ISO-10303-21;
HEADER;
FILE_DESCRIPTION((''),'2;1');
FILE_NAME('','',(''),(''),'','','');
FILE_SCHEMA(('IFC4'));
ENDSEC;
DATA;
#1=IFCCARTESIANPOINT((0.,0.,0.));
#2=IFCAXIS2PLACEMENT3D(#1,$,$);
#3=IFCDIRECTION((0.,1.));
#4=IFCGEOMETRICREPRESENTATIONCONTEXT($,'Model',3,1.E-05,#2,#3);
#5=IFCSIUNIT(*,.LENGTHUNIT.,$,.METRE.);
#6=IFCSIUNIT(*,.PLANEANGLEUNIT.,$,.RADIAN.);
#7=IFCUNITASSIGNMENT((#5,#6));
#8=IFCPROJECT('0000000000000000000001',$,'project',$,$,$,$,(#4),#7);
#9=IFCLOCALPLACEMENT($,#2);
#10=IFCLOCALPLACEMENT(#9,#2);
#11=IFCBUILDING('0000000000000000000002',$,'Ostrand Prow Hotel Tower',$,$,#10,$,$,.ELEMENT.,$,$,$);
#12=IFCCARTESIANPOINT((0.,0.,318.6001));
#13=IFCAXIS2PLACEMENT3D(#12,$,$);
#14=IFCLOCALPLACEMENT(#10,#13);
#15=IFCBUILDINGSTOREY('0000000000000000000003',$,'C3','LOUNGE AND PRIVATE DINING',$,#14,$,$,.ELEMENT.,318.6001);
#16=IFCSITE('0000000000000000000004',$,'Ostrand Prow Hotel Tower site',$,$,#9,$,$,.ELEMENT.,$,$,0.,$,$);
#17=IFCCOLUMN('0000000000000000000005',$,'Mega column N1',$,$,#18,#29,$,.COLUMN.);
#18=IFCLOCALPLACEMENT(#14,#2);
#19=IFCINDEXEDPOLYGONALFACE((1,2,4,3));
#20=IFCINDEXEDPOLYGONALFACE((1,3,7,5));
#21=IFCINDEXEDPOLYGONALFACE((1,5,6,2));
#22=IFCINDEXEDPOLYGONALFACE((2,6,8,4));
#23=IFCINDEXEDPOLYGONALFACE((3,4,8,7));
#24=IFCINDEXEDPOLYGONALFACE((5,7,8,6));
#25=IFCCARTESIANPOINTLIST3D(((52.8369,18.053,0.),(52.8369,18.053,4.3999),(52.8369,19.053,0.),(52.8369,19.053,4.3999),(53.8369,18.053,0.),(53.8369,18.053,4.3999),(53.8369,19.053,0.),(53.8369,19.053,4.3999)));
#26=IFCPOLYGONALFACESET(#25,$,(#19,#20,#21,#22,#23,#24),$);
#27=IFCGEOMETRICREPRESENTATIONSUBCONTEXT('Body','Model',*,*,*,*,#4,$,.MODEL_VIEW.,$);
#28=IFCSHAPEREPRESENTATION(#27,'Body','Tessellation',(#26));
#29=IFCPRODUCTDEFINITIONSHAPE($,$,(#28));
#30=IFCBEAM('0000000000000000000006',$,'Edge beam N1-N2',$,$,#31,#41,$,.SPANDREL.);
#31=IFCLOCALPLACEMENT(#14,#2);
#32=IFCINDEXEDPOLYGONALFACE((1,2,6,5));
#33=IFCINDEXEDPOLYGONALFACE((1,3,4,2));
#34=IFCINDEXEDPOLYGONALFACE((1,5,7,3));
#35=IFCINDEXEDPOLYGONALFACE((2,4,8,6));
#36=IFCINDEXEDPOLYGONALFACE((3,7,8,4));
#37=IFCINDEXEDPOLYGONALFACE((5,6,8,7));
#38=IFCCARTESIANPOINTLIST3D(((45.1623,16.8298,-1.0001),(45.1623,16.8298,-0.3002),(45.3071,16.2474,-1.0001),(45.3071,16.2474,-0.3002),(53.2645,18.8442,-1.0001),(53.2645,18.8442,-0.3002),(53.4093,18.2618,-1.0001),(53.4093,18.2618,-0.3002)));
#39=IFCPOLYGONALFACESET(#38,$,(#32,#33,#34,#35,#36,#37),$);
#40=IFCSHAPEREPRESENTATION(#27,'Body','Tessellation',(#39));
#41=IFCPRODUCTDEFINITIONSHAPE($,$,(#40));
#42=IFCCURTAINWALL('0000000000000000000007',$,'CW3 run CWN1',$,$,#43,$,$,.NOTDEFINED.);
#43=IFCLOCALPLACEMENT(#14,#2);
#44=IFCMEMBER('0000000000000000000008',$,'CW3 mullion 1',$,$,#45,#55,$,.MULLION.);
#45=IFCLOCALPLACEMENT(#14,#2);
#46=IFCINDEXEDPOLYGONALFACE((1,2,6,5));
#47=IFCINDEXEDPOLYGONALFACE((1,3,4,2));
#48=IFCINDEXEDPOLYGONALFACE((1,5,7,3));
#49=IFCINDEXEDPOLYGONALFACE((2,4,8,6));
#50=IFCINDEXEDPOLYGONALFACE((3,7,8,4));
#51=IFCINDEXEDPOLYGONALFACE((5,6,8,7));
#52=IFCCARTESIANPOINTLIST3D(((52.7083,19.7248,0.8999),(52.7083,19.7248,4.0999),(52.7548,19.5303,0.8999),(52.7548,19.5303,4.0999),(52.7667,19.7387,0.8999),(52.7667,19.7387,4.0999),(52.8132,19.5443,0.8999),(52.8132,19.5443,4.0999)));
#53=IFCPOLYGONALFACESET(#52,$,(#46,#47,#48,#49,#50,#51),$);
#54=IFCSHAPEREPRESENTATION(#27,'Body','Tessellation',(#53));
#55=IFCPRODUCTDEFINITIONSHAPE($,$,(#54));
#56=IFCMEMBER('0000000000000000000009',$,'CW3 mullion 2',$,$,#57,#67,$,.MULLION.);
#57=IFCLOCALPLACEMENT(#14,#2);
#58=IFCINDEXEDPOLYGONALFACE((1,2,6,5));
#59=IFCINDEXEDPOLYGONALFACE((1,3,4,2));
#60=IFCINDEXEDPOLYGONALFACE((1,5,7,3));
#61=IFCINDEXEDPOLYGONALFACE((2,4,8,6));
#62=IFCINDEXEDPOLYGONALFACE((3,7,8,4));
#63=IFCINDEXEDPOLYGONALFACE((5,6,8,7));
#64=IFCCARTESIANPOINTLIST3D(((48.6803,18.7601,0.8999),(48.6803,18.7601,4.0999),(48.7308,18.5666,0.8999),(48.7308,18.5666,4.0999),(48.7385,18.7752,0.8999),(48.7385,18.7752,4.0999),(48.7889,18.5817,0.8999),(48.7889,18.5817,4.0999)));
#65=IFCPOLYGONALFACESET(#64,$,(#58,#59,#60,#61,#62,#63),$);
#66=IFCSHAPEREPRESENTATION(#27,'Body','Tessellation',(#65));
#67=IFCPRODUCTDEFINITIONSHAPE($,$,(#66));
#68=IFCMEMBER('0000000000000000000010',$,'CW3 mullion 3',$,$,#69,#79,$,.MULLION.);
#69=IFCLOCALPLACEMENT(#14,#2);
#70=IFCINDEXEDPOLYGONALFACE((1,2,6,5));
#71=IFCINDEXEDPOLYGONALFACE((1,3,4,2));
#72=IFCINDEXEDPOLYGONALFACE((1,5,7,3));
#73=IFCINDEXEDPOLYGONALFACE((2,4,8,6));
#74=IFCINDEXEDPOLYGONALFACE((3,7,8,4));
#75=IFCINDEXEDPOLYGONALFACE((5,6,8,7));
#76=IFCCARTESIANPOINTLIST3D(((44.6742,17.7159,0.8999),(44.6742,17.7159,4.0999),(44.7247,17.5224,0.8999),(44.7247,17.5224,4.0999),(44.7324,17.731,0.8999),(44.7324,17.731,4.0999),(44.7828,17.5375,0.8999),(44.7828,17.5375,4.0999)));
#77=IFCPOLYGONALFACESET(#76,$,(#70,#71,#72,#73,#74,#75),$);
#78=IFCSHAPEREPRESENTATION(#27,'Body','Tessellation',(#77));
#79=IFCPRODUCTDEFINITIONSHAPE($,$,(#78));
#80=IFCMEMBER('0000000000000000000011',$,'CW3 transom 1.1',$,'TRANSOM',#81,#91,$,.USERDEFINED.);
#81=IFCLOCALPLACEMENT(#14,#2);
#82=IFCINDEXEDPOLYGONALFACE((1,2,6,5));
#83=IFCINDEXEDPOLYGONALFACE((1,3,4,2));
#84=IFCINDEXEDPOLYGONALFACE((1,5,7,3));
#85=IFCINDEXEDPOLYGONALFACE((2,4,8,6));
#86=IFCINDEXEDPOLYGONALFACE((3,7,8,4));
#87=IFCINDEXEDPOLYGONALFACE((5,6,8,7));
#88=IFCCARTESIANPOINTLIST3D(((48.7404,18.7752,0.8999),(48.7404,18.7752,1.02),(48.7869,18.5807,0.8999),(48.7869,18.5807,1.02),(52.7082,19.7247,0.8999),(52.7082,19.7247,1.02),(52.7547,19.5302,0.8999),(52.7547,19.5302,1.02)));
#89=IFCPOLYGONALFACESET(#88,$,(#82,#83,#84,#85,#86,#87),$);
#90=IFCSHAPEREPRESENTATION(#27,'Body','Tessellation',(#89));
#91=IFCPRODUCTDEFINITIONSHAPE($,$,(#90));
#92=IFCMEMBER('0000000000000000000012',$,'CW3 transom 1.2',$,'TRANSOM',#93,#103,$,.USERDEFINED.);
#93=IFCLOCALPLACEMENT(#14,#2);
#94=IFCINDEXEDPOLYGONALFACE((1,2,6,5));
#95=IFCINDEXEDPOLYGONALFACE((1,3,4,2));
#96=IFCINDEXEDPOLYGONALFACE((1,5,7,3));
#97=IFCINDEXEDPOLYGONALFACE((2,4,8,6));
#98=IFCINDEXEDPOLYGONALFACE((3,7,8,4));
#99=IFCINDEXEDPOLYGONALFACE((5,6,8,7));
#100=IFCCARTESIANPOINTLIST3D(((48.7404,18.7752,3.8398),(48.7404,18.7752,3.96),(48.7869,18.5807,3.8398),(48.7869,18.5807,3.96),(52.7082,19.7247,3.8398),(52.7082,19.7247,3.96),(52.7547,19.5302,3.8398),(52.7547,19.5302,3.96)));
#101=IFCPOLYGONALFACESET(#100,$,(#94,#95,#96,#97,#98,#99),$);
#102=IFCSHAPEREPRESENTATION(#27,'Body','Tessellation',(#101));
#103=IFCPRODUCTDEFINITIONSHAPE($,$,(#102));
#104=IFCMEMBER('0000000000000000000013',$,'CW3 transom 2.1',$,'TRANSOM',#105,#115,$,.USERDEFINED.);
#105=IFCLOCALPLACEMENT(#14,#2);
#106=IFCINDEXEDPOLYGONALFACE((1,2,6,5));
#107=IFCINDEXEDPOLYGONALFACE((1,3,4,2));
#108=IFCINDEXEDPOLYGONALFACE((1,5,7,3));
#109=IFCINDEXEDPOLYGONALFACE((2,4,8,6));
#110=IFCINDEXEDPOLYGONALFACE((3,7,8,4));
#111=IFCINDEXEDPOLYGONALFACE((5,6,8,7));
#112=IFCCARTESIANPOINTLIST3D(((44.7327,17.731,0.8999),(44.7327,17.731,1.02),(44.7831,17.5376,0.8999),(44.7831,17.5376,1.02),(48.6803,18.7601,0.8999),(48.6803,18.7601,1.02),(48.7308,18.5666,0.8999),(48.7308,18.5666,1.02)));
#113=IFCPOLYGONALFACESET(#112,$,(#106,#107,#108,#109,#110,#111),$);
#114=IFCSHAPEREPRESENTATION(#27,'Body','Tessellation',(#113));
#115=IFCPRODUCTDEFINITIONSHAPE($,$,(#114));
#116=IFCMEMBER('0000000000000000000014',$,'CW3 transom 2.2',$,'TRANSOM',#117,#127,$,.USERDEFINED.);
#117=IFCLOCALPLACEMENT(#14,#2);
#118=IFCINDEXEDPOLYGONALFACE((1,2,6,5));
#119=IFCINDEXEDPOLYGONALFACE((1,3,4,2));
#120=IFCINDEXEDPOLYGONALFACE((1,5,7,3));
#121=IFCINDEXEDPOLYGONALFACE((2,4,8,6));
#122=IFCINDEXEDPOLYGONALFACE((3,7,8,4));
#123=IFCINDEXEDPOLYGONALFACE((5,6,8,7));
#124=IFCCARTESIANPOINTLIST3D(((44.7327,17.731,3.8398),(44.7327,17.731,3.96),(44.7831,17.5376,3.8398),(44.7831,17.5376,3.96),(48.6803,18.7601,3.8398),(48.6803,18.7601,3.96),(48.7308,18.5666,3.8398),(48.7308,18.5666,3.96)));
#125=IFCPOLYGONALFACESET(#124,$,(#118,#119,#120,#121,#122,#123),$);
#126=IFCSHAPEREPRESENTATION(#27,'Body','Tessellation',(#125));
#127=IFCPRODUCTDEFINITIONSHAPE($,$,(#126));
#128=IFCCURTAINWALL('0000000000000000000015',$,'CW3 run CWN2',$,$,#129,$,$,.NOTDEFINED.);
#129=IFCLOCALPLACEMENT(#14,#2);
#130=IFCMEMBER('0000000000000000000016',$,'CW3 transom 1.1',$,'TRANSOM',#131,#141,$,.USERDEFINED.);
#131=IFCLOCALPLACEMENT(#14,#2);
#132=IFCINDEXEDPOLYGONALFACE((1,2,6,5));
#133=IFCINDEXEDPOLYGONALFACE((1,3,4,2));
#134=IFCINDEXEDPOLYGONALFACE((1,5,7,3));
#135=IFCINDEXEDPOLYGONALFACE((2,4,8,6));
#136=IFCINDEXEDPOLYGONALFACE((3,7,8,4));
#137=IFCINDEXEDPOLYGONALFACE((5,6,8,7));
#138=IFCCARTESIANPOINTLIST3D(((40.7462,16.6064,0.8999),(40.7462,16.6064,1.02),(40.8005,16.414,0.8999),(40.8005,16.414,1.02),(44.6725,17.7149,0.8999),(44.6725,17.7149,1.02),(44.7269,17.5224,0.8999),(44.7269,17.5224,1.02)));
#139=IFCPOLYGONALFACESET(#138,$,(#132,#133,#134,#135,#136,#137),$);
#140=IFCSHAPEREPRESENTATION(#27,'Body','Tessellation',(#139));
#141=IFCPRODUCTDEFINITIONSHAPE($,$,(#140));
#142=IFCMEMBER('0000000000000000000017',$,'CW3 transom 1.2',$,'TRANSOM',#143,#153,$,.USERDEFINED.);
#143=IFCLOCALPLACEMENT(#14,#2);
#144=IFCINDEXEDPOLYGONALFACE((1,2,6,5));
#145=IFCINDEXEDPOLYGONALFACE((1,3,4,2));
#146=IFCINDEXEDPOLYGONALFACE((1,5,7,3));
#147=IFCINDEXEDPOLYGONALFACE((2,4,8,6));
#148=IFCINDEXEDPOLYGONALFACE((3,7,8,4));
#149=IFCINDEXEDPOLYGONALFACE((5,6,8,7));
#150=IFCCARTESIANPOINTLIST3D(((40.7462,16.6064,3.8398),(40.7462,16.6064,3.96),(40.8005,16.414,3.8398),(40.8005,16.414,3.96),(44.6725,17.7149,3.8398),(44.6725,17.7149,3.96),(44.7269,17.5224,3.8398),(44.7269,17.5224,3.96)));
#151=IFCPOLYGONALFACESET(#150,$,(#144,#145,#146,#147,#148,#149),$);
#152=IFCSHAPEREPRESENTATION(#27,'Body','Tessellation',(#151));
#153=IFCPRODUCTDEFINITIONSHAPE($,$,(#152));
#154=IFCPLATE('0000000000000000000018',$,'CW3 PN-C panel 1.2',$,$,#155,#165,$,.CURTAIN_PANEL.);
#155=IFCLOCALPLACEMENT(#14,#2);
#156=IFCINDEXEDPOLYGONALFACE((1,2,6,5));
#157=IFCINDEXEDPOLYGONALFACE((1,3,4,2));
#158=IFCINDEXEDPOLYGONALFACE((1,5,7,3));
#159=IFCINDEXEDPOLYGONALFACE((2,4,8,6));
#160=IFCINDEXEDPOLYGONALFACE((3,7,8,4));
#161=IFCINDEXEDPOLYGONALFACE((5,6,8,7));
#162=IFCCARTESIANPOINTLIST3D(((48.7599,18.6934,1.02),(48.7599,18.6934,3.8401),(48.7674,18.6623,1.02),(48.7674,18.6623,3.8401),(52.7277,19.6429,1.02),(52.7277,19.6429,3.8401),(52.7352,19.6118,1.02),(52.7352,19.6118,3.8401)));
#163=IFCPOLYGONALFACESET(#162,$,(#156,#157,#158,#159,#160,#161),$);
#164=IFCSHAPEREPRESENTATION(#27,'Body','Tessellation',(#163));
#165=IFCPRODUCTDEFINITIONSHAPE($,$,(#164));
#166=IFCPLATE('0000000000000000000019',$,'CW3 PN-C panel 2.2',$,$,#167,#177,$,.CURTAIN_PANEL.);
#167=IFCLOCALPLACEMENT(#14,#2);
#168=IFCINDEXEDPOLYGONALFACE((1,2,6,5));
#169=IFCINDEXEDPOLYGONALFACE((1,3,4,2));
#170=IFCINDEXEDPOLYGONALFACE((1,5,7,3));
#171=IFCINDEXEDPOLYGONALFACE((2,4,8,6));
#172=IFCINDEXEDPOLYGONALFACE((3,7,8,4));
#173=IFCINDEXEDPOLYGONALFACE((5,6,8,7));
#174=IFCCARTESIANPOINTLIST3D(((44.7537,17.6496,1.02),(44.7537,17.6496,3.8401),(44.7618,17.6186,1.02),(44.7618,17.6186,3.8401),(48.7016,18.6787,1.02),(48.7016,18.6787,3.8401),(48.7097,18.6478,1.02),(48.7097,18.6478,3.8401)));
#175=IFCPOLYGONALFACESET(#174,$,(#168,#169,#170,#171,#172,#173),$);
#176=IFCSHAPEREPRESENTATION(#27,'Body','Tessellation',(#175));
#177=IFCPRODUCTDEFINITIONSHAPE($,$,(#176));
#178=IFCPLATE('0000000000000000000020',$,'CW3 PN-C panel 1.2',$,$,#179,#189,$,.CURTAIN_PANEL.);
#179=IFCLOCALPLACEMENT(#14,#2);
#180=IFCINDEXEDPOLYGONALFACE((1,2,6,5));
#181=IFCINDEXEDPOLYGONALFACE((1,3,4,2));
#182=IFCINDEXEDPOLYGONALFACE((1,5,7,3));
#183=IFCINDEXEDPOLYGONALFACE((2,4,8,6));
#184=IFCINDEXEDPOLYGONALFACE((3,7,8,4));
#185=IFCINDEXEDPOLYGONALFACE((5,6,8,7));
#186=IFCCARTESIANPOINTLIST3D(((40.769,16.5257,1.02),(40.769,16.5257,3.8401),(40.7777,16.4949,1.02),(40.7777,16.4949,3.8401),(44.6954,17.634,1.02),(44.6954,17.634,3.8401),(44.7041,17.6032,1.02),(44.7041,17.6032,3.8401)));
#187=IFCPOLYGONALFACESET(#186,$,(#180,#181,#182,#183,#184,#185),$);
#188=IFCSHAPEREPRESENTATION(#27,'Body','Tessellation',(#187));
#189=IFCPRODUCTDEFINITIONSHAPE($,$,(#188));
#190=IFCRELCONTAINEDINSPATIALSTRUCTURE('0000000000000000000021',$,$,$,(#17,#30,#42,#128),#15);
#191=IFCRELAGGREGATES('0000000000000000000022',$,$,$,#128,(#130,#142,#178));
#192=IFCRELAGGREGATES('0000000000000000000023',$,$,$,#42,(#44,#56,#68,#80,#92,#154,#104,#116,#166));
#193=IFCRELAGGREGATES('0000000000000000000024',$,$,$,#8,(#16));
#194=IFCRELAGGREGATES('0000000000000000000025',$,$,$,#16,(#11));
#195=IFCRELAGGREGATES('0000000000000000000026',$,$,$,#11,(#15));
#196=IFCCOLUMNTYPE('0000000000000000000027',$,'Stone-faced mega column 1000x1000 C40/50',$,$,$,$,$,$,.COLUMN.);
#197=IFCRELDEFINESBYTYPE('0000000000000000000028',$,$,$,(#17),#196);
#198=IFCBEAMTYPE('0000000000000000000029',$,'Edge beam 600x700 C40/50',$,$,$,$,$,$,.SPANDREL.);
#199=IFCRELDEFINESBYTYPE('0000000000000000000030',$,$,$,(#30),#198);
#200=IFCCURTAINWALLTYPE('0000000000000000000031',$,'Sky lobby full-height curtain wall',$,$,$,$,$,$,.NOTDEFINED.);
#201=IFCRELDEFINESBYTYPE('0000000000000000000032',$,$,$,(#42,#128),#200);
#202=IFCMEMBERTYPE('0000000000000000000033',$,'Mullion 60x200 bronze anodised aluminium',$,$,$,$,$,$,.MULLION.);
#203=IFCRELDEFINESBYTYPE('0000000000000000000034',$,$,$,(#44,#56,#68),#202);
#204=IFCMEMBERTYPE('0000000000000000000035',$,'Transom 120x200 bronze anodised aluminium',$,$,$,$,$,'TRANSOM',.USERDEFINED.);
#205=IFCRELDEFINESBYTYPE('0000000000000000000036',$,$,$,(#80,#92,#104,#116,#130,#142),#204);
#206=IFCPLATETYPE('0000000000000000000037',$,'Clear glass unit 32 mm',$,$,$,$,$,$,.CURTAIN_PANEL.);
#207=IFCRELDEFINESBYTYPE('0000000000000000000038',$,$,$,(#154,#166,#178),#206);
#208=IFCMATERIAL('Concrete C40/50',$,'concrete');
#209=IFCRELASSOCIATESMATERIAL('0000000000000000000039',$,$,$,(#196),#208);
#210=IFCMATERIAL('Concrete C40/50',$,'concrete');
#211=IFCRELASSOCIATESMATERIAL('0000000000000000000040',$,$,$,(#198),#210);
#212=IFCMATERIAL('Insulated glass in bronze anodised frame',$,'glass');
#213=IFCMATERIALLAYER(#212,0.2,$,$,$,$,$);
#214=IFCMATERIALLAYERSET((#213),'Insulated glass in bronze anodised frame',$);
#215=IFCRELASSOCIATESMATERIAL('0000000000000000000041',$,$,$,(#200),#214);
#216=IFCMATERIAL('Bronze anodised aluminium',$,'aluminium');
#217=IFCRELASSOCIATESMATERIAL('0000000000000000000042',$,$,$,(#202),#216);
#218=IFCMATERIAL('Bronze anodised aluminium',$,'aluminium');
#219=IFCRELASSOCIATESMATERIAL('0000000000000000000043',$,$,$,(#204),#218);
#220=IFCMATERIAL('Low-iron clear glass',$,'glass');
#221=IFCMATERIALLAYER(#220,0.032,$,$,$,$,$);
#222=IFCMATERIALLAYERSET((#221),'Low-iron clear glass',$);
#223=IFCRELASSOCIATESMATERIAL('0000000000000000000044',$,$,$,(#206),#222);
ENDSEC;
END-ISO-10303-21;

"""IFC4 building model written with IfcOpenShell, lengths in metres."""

from ifc_helpers import new_model, si_unit, direction, frame, origin, origin_2d, place, context, subcontext, project, spatial, rectangle, extrude, material, layer, layer_set, material_profile, profile_set, type_object, element, aggregate, save


model = new_model("IFC4")

# Units and contexts
model_context = context("Model", 3, precision=1e-05, world=origin(), true_north=direction((0.0, 1.0)))
body_context = subcontext(model_context, "Body", "Model", "MODEL_VIEW")
ifc_project = project(units=[si_unit("LENGTHUNIT", "METRE"), si_unit("PLANEANGLEUNIT", "RADIAN")], contexts=[model_context])

# Site, building, storey
site_placement = place(None, origin())
site = spatial("IfcSite", under=ifc_project, at=site_placement, Name="Ostrand Prow Hotel Tower site", CompositionType="ELEMENT", RefElevation=0.0)
building_placement = place(site_placement, origin())
building = spatial("IfcBuilding", under=site, at=building_placement, Name="Ostrand Prow Hotel Tower", CompositionType="ELEMENT")
storey_placement = place(building_placement, frame((0.0, 0.0, 318.6001)))
storey = spatial("IfcBuildingStorey", under=building, at=storey_placement, Name="C3", Description="LOUNGE AND PRIVATE DINING", CompositionType="ELEMENT", Elevation=318.6001)

# Column
ifc_material_1 = material(Name="Concrete C40/50", Category="concrete")
ifc_material_profile_1 = material_profile(ifc_material_1, rectangle(XDim=1.0, YDim=1.0, at=origin_2d()), Name="RC 1000x1000")
ifc_profile_set_1 = profile_set([ifc_material_profile_1], Name="Concrete C40/50")
column_type = type_object("IfcColumnType", Name="Stone-faced mega column 1000x1000 C40/50", PredefinedType="COLUMN", material=ifc_profile_set_1)
column_placement = place(storey_placement, frame((53.3369, 18.553, 0.0), z_axis=(0.0, 0.0, 1.0), x_axis=(1.0, 0.0, 0.0)))
element("IfcColumn", 1, at=column_placement, inside=storey, type_object=column_type, Name="Mega column N1", PredefinedType="COLUMN", context=body_context, shape_type="SweptSolid", body=[
    extrude(rectangle(XDim=1.0, YDim=1.0, at=origin_2d()), origin(), (0.0, 0.0, 1.0), 4.3999),
])

# Beam
ifc_material_2 = material(Name="Concrete C40/50", Category="concrete")
ifc_material_profile_2 = material_profile(ifc_material_2, rectangle(XDim=0.6001, YDim=0.7, at=origin_2d()), Name="RC 600x700")
ifc_profile_set_2 = profile_set([ifc_material_profile_2], Name="Concrete C40/50")
beam_type = type_object("IfcBeamType", Name="Edge beam 600x700 C40/50", PredefinedType="SPANDREL", material=ifc_profile_set_2)
beam_placement = place(storey_placement, frame((53.3369, 18.553, -0.6501), z_axis=(-0.970456, -0.241276, 0.0), x_axis=(0.241276, -0.970456, 0.0)))
element("IfcBeam", 2, at=beam_placement, inside=storey, type_object=beam_type, Name="Edge beam N1-N2", PredefinedType="SPANDREL", context=body_context, shape_type="SweptSolid", body=[
    extrude(rectangle(XDim=0.6001, YDim=0.7, at=origin_2d()), origin(), (0.0, 0.0, 1.0), 8.3489),
])

# Curtain walls, members
ifc_material_3 = material(Name="Insulated glass in bronze anodised frame", Category="glass")
ifc_layer_1 = layer(ifc_material_3, 0.2)
ifc_layer_set_1 = layer_set([ifc_layer_1], Name="Insulated glass in bronze anodised frame")
curtain_wall_type = type_object("IfcCurtainWallType", Name="Sky lobby full-height curtain wall", PredefinedType="NOTDEFINED", material=ifc_layer_set_1)
curtain_wall_1_placement = place(storey_placement, origin())
curtain_wall_1 = element("IfcCurtainWall", 3, at=curtain_wall_1_placement, inside=storey, type_object=curtain_wall_type, Name="CW3 run CWN1", PredefinedType="NOTDEFINED")
ifc_material_4 = material(Name="Bronze anodised aluminium", Category="aluminium")
ifc_material_profile_3 = material_profile(ifc_material_4, rectangle(XDim=0.2, YDim=0.0601, at=origin_2d()), Name="Mullion 60x200 bronze anodised aluminium")
ifc_profile_set_3 = profile_set([ifc_material_profile_3], Name="Bronze anodised aluminium")
member_type_1 = type_object("IfcMemberType", Name="Mullion 60x200 bronze anodised aluminium", PredefinedType="MULLION", material=ifc_profile_set_3)
member_1_placement = place(storey_placement, frame((52.7607, 19.6345, 0.8999), z_axis=(0.0, 0.0, 1.0), x_axis=(0.232746, -0.972538, 0.0)))
member_1 = element("IfcMember", 4, at=member_1_placement, type_object=member_type_1, Name="CW3 mullion 1", PredefinedType="MULLION", context=body_context, shape_type="SweptSolid", body=[
    extrude(rectangle(XDim=0.2, YDim=0.0601, at=origin_2d()), origin(), (0.0, 0.0, 1.0), 3.2),
])
member_2_placement = place(storey_placement, frame((48.7346, 18.6709, 0.8999), z_axis=(0.0, 0.0, 1.0), x_axis=(0.252248, -0.967663, 0.0)))
member_2 = element("IfcMember", 5, at=member_2_placement, type_object=member_type_1, Name="CW3 mullion 2", PredefinedType="MULLION", context=body_context, shape_type="SweptSolid", body=[
    extrude(rectangle(XDim=0.2, YDim=0.0601, at=origin_2d()), origin(), (0.0, 0.0, 1.0), 3.2),
])
member_3_placement = place(storey_placement, frame((44.7285, 17.6267, 0.8999), z_axis=(0.0, 0.0, 1.0), x_axis=(0.252248, -0.967663, 0.0)))
member_3 = element("IfcMember", 6, at=member_3_placement, type_object=member_type_1, Name="CW3 mullion 3", PredefinedType="MULLION", context=body_context, shape_type="SweptSolid", body=[
    extrude(rectangle(XDim=0.2, YDim=0.0601, at=origin_2d()), origin(), (0.0, 0.0, 1.0), 3.2),
])
ifc_material_5 = material(Name="Bronze anodised aluminium", Category="aluminium")
ifc_material_profile_4 = material_profile(ifc_material_5, rectangle(XDim=0.2, YDim=0.1201, at=origin_2d()), Name="Transom 120x200 bronze anodised aluminium")
ifc_profile_set_4 = profile_set([ifc_material_profile_4], Name="Bronze anodised aluminium")
member_type_2 = type_object("IfcMemberType", Name="Transom 120x200 bronze anodised aluminium", ElementType="TRANSOM", PredefinedType="USERDEFINED", material=ifc_profile_set_4)
member_4_placement = place(storey_placement, frame((52.7314, 19.6274, 0.96), z_axis=(-0.972543, -0.232723, 0.0), x_axis=(0.232723, -0.972543, 0.0)))
member_4 = element("IfcMember", 7, at=member_4_placement, type_object=member_type_2, Name="CW3 transom 1.1", ObjectType="TRANSOM", PredefinedType="USERDEFINED", context=body_context, shape_type="SweptSolid", body=[
    extrude(rectangle(XDim=0.2, YDim=0.1201, at=origin_2d()), origin(), (0.0, 0.0, 1.0), 4.0798),
])
member_5_placement = place(storey_placement, frame((52.7314, 19.6274, 3.8999), z_axis=(-0.972543, -0.232723, 0.0), x_axis=(0.232723, -0.972543, 0.0)))
member_5 = element("IfcMember", 8, at=member_5_placement, type_object=member_type_2, Name="CW3 transom 1.2", ObjectType="TRANSOM", PredefinedType="USERDEFINED", context=body_context, shape_type="SweptSolid", body=[
    extrude(rectangle(XDim=0.2, YDim=0.1201, at=origin_2d()), origin(), (0.0, 0.0, 1.0), 4.0798),
])
member_6_placement = place(storey_placement, frame((48.7056, 18.6633, 0.96), z_axis=(-0.967665, -0.252239, 0.0), x_axis=(0.252239, -0.967665, 0.0)))
member_6 = element("IfcMember", 9, at=member_6_placement, type_object=member_type_2, Name="CW3 transom 2.1", ObjectType="TRANSOM", PredefinedType="USERDEFINED", context=body_context, shape_type="SweptSolid", body=[
    extrude(rectangle(XDim=0.2, YDim=0.1201, at=origin_2d()), origin(), (0.0, 0.0, 1.0), 4.0796),
])
member_7_placement = place(storey_placement, frame((48.7056, 18.6633, 3.8999), z_axis=(-0.967665, -0.252239, 0.0), x_axis=(0.252239, -0.967665, 0.0)))
member_7 = element("IfcMember", 10, at=member_7_placement, type_object=member_type_2, Name="CW3 transom 2.2", ObjectType="TRANSOM", PredefinedType="USERDEFINED", context=body_context, shape_type="SweptSolid", body=[
    extrude(rectangle(XDim=0.2, YDim=0.1201, at=origin_2d()), origin(), (0.0, 0.0, 1.0), 4.0796),
])
curtain_wall_2_placement = place(storey_placement, origin())
curtain_wall_2 = element("IfcCurtainWall", 11, at=curtain_wall_2_placement, inside=storey, type_object=curtain_wall_type, Name="CW3 run CWN2", PredefinedType="NOTDEFINED")
member_8_placement = place(storey_placement, frame((44.6997, 17.6187, 0.96), z_axis=(-0.962386, -0.271685, 0.0), x_axis=(0.271685, -0.962386, 0.0)))
member_8 = element("IfcMember", 12, at=member_8_placement, type_object=member_type_2, Name="CW3 transom 1.1", ObjectType="TRANSOM", PredefinedType="USERDEFINED", context=body_context, shape_type="SweptSolid", body=[
    extrude(rectangle(XDim=0.2, YDim=0.1201, at=origin_2d()), origin(), (0.0, 0.0, 1.0), 4.0798),
])
member_9_placement = place(storey_placement, frame((44.6997, 17.6187, 3.8999), z_axis=(-0.962386, -0.271685, 0.0), x_axis=(0.271685, -0.962386, 0.0)))
member_9 = element("IfcMember", 13, at=member_9_placement, type_object=member_type_2, Name="CW3 transom 1.2", ObjectType="TRANSOM", PredefinedType="USERDEFINED", context=body_context, shape_type="SweptSolid", body=[
    extrude(rectangle(XDim=0.2, YDim=0.1201, at=origin_2d()), origin(), (0.0, 0.0, 1.0), 4.0798),
])

# Plates
ifc_material_6 = material(Name="Low-iron clear glass", Category="glass")
ifc_layer_2 = layer(ifc_material_6, 0.032)
ifc_layer_set_2 = layer_set([ifc_layer_2], Name="Low-iron clear glass")
plate_type_1 = type_object("IfcPlateType", Name="Clear glass unit 32 mm", PredefinedType="CURTAIN_PANEL", material=ifc_layer_set_2)
plate_1_placement = place(storey_placement, frame((50.7476, 19.1526, 1.02), z_axis=(0.0, 0.0, 1.0), x_axis=(-0.972538, -0.232746, 0.0)))
plate_1 = element("IfcPlate", 14, at=plate_1_placement, type_object=plate_type_1, Name="CW3 PN-C panel 1.2", PredefinedType="CURTAIN_PANEL", context=body_context, shape_type="SweptSolid", body=[
    extrude(rectangle(XDim=4.0798, YDim=0.032, at=origin_2d()), origin(), (0.0, 0.0, 1.0), 2.8201),
])
plate_2_placement = place(storey_placement, frame((46.7317, 18.1487, 1.02), z_axis=(0.0, 0.0, 1.0), x_axis=(-0.967663, -0.252248, 0.0)))
plate_2 = element("IfcPlate", 15, at=plate_2_placement, type_object=plate_type_1, Name="CW3 PN-C panel 2.2", PredefinedType="CURTAIN_PANEL", context=body_context, shape_type="SweptSolid", body=[
    extrude(rectangle(XDim=4.0798, YDim=0.032, at=origin_2d()), origin(), (0.0, 0.0, 1.0), 2.8201),
])
plate_3_placement = place(storey_placement, frame((42.7366, 17.0645, 1.02), z_axis=(0.0, 0.0, 1.0), x_axis=(-0.962396, -0.271649, 0.0)))
plate_3 = element("IfcPlate", 16, at=plate_3_placement, type_object=plate_type_1, Name="CW3 PN-C panel 1.2", PredefinedType="CURTAIN_PANEL", context=body_context, shape_type="SweptSolid", body=[
    extrude(rectangle(XDim=4.0798, YDim=0.032, at=origin_2d()), origin(), (0.0, 0.0, 1.0), 2.8201),
])
aggregate(curtain_wall_2, [member_8, member_9, plate_3])
aggregate(curtain_wall_1, [member_1, member_2, member_3, member_4, member_5, plate_1, member_6, member_7, plate_2])

save(model, "model.ifc")
